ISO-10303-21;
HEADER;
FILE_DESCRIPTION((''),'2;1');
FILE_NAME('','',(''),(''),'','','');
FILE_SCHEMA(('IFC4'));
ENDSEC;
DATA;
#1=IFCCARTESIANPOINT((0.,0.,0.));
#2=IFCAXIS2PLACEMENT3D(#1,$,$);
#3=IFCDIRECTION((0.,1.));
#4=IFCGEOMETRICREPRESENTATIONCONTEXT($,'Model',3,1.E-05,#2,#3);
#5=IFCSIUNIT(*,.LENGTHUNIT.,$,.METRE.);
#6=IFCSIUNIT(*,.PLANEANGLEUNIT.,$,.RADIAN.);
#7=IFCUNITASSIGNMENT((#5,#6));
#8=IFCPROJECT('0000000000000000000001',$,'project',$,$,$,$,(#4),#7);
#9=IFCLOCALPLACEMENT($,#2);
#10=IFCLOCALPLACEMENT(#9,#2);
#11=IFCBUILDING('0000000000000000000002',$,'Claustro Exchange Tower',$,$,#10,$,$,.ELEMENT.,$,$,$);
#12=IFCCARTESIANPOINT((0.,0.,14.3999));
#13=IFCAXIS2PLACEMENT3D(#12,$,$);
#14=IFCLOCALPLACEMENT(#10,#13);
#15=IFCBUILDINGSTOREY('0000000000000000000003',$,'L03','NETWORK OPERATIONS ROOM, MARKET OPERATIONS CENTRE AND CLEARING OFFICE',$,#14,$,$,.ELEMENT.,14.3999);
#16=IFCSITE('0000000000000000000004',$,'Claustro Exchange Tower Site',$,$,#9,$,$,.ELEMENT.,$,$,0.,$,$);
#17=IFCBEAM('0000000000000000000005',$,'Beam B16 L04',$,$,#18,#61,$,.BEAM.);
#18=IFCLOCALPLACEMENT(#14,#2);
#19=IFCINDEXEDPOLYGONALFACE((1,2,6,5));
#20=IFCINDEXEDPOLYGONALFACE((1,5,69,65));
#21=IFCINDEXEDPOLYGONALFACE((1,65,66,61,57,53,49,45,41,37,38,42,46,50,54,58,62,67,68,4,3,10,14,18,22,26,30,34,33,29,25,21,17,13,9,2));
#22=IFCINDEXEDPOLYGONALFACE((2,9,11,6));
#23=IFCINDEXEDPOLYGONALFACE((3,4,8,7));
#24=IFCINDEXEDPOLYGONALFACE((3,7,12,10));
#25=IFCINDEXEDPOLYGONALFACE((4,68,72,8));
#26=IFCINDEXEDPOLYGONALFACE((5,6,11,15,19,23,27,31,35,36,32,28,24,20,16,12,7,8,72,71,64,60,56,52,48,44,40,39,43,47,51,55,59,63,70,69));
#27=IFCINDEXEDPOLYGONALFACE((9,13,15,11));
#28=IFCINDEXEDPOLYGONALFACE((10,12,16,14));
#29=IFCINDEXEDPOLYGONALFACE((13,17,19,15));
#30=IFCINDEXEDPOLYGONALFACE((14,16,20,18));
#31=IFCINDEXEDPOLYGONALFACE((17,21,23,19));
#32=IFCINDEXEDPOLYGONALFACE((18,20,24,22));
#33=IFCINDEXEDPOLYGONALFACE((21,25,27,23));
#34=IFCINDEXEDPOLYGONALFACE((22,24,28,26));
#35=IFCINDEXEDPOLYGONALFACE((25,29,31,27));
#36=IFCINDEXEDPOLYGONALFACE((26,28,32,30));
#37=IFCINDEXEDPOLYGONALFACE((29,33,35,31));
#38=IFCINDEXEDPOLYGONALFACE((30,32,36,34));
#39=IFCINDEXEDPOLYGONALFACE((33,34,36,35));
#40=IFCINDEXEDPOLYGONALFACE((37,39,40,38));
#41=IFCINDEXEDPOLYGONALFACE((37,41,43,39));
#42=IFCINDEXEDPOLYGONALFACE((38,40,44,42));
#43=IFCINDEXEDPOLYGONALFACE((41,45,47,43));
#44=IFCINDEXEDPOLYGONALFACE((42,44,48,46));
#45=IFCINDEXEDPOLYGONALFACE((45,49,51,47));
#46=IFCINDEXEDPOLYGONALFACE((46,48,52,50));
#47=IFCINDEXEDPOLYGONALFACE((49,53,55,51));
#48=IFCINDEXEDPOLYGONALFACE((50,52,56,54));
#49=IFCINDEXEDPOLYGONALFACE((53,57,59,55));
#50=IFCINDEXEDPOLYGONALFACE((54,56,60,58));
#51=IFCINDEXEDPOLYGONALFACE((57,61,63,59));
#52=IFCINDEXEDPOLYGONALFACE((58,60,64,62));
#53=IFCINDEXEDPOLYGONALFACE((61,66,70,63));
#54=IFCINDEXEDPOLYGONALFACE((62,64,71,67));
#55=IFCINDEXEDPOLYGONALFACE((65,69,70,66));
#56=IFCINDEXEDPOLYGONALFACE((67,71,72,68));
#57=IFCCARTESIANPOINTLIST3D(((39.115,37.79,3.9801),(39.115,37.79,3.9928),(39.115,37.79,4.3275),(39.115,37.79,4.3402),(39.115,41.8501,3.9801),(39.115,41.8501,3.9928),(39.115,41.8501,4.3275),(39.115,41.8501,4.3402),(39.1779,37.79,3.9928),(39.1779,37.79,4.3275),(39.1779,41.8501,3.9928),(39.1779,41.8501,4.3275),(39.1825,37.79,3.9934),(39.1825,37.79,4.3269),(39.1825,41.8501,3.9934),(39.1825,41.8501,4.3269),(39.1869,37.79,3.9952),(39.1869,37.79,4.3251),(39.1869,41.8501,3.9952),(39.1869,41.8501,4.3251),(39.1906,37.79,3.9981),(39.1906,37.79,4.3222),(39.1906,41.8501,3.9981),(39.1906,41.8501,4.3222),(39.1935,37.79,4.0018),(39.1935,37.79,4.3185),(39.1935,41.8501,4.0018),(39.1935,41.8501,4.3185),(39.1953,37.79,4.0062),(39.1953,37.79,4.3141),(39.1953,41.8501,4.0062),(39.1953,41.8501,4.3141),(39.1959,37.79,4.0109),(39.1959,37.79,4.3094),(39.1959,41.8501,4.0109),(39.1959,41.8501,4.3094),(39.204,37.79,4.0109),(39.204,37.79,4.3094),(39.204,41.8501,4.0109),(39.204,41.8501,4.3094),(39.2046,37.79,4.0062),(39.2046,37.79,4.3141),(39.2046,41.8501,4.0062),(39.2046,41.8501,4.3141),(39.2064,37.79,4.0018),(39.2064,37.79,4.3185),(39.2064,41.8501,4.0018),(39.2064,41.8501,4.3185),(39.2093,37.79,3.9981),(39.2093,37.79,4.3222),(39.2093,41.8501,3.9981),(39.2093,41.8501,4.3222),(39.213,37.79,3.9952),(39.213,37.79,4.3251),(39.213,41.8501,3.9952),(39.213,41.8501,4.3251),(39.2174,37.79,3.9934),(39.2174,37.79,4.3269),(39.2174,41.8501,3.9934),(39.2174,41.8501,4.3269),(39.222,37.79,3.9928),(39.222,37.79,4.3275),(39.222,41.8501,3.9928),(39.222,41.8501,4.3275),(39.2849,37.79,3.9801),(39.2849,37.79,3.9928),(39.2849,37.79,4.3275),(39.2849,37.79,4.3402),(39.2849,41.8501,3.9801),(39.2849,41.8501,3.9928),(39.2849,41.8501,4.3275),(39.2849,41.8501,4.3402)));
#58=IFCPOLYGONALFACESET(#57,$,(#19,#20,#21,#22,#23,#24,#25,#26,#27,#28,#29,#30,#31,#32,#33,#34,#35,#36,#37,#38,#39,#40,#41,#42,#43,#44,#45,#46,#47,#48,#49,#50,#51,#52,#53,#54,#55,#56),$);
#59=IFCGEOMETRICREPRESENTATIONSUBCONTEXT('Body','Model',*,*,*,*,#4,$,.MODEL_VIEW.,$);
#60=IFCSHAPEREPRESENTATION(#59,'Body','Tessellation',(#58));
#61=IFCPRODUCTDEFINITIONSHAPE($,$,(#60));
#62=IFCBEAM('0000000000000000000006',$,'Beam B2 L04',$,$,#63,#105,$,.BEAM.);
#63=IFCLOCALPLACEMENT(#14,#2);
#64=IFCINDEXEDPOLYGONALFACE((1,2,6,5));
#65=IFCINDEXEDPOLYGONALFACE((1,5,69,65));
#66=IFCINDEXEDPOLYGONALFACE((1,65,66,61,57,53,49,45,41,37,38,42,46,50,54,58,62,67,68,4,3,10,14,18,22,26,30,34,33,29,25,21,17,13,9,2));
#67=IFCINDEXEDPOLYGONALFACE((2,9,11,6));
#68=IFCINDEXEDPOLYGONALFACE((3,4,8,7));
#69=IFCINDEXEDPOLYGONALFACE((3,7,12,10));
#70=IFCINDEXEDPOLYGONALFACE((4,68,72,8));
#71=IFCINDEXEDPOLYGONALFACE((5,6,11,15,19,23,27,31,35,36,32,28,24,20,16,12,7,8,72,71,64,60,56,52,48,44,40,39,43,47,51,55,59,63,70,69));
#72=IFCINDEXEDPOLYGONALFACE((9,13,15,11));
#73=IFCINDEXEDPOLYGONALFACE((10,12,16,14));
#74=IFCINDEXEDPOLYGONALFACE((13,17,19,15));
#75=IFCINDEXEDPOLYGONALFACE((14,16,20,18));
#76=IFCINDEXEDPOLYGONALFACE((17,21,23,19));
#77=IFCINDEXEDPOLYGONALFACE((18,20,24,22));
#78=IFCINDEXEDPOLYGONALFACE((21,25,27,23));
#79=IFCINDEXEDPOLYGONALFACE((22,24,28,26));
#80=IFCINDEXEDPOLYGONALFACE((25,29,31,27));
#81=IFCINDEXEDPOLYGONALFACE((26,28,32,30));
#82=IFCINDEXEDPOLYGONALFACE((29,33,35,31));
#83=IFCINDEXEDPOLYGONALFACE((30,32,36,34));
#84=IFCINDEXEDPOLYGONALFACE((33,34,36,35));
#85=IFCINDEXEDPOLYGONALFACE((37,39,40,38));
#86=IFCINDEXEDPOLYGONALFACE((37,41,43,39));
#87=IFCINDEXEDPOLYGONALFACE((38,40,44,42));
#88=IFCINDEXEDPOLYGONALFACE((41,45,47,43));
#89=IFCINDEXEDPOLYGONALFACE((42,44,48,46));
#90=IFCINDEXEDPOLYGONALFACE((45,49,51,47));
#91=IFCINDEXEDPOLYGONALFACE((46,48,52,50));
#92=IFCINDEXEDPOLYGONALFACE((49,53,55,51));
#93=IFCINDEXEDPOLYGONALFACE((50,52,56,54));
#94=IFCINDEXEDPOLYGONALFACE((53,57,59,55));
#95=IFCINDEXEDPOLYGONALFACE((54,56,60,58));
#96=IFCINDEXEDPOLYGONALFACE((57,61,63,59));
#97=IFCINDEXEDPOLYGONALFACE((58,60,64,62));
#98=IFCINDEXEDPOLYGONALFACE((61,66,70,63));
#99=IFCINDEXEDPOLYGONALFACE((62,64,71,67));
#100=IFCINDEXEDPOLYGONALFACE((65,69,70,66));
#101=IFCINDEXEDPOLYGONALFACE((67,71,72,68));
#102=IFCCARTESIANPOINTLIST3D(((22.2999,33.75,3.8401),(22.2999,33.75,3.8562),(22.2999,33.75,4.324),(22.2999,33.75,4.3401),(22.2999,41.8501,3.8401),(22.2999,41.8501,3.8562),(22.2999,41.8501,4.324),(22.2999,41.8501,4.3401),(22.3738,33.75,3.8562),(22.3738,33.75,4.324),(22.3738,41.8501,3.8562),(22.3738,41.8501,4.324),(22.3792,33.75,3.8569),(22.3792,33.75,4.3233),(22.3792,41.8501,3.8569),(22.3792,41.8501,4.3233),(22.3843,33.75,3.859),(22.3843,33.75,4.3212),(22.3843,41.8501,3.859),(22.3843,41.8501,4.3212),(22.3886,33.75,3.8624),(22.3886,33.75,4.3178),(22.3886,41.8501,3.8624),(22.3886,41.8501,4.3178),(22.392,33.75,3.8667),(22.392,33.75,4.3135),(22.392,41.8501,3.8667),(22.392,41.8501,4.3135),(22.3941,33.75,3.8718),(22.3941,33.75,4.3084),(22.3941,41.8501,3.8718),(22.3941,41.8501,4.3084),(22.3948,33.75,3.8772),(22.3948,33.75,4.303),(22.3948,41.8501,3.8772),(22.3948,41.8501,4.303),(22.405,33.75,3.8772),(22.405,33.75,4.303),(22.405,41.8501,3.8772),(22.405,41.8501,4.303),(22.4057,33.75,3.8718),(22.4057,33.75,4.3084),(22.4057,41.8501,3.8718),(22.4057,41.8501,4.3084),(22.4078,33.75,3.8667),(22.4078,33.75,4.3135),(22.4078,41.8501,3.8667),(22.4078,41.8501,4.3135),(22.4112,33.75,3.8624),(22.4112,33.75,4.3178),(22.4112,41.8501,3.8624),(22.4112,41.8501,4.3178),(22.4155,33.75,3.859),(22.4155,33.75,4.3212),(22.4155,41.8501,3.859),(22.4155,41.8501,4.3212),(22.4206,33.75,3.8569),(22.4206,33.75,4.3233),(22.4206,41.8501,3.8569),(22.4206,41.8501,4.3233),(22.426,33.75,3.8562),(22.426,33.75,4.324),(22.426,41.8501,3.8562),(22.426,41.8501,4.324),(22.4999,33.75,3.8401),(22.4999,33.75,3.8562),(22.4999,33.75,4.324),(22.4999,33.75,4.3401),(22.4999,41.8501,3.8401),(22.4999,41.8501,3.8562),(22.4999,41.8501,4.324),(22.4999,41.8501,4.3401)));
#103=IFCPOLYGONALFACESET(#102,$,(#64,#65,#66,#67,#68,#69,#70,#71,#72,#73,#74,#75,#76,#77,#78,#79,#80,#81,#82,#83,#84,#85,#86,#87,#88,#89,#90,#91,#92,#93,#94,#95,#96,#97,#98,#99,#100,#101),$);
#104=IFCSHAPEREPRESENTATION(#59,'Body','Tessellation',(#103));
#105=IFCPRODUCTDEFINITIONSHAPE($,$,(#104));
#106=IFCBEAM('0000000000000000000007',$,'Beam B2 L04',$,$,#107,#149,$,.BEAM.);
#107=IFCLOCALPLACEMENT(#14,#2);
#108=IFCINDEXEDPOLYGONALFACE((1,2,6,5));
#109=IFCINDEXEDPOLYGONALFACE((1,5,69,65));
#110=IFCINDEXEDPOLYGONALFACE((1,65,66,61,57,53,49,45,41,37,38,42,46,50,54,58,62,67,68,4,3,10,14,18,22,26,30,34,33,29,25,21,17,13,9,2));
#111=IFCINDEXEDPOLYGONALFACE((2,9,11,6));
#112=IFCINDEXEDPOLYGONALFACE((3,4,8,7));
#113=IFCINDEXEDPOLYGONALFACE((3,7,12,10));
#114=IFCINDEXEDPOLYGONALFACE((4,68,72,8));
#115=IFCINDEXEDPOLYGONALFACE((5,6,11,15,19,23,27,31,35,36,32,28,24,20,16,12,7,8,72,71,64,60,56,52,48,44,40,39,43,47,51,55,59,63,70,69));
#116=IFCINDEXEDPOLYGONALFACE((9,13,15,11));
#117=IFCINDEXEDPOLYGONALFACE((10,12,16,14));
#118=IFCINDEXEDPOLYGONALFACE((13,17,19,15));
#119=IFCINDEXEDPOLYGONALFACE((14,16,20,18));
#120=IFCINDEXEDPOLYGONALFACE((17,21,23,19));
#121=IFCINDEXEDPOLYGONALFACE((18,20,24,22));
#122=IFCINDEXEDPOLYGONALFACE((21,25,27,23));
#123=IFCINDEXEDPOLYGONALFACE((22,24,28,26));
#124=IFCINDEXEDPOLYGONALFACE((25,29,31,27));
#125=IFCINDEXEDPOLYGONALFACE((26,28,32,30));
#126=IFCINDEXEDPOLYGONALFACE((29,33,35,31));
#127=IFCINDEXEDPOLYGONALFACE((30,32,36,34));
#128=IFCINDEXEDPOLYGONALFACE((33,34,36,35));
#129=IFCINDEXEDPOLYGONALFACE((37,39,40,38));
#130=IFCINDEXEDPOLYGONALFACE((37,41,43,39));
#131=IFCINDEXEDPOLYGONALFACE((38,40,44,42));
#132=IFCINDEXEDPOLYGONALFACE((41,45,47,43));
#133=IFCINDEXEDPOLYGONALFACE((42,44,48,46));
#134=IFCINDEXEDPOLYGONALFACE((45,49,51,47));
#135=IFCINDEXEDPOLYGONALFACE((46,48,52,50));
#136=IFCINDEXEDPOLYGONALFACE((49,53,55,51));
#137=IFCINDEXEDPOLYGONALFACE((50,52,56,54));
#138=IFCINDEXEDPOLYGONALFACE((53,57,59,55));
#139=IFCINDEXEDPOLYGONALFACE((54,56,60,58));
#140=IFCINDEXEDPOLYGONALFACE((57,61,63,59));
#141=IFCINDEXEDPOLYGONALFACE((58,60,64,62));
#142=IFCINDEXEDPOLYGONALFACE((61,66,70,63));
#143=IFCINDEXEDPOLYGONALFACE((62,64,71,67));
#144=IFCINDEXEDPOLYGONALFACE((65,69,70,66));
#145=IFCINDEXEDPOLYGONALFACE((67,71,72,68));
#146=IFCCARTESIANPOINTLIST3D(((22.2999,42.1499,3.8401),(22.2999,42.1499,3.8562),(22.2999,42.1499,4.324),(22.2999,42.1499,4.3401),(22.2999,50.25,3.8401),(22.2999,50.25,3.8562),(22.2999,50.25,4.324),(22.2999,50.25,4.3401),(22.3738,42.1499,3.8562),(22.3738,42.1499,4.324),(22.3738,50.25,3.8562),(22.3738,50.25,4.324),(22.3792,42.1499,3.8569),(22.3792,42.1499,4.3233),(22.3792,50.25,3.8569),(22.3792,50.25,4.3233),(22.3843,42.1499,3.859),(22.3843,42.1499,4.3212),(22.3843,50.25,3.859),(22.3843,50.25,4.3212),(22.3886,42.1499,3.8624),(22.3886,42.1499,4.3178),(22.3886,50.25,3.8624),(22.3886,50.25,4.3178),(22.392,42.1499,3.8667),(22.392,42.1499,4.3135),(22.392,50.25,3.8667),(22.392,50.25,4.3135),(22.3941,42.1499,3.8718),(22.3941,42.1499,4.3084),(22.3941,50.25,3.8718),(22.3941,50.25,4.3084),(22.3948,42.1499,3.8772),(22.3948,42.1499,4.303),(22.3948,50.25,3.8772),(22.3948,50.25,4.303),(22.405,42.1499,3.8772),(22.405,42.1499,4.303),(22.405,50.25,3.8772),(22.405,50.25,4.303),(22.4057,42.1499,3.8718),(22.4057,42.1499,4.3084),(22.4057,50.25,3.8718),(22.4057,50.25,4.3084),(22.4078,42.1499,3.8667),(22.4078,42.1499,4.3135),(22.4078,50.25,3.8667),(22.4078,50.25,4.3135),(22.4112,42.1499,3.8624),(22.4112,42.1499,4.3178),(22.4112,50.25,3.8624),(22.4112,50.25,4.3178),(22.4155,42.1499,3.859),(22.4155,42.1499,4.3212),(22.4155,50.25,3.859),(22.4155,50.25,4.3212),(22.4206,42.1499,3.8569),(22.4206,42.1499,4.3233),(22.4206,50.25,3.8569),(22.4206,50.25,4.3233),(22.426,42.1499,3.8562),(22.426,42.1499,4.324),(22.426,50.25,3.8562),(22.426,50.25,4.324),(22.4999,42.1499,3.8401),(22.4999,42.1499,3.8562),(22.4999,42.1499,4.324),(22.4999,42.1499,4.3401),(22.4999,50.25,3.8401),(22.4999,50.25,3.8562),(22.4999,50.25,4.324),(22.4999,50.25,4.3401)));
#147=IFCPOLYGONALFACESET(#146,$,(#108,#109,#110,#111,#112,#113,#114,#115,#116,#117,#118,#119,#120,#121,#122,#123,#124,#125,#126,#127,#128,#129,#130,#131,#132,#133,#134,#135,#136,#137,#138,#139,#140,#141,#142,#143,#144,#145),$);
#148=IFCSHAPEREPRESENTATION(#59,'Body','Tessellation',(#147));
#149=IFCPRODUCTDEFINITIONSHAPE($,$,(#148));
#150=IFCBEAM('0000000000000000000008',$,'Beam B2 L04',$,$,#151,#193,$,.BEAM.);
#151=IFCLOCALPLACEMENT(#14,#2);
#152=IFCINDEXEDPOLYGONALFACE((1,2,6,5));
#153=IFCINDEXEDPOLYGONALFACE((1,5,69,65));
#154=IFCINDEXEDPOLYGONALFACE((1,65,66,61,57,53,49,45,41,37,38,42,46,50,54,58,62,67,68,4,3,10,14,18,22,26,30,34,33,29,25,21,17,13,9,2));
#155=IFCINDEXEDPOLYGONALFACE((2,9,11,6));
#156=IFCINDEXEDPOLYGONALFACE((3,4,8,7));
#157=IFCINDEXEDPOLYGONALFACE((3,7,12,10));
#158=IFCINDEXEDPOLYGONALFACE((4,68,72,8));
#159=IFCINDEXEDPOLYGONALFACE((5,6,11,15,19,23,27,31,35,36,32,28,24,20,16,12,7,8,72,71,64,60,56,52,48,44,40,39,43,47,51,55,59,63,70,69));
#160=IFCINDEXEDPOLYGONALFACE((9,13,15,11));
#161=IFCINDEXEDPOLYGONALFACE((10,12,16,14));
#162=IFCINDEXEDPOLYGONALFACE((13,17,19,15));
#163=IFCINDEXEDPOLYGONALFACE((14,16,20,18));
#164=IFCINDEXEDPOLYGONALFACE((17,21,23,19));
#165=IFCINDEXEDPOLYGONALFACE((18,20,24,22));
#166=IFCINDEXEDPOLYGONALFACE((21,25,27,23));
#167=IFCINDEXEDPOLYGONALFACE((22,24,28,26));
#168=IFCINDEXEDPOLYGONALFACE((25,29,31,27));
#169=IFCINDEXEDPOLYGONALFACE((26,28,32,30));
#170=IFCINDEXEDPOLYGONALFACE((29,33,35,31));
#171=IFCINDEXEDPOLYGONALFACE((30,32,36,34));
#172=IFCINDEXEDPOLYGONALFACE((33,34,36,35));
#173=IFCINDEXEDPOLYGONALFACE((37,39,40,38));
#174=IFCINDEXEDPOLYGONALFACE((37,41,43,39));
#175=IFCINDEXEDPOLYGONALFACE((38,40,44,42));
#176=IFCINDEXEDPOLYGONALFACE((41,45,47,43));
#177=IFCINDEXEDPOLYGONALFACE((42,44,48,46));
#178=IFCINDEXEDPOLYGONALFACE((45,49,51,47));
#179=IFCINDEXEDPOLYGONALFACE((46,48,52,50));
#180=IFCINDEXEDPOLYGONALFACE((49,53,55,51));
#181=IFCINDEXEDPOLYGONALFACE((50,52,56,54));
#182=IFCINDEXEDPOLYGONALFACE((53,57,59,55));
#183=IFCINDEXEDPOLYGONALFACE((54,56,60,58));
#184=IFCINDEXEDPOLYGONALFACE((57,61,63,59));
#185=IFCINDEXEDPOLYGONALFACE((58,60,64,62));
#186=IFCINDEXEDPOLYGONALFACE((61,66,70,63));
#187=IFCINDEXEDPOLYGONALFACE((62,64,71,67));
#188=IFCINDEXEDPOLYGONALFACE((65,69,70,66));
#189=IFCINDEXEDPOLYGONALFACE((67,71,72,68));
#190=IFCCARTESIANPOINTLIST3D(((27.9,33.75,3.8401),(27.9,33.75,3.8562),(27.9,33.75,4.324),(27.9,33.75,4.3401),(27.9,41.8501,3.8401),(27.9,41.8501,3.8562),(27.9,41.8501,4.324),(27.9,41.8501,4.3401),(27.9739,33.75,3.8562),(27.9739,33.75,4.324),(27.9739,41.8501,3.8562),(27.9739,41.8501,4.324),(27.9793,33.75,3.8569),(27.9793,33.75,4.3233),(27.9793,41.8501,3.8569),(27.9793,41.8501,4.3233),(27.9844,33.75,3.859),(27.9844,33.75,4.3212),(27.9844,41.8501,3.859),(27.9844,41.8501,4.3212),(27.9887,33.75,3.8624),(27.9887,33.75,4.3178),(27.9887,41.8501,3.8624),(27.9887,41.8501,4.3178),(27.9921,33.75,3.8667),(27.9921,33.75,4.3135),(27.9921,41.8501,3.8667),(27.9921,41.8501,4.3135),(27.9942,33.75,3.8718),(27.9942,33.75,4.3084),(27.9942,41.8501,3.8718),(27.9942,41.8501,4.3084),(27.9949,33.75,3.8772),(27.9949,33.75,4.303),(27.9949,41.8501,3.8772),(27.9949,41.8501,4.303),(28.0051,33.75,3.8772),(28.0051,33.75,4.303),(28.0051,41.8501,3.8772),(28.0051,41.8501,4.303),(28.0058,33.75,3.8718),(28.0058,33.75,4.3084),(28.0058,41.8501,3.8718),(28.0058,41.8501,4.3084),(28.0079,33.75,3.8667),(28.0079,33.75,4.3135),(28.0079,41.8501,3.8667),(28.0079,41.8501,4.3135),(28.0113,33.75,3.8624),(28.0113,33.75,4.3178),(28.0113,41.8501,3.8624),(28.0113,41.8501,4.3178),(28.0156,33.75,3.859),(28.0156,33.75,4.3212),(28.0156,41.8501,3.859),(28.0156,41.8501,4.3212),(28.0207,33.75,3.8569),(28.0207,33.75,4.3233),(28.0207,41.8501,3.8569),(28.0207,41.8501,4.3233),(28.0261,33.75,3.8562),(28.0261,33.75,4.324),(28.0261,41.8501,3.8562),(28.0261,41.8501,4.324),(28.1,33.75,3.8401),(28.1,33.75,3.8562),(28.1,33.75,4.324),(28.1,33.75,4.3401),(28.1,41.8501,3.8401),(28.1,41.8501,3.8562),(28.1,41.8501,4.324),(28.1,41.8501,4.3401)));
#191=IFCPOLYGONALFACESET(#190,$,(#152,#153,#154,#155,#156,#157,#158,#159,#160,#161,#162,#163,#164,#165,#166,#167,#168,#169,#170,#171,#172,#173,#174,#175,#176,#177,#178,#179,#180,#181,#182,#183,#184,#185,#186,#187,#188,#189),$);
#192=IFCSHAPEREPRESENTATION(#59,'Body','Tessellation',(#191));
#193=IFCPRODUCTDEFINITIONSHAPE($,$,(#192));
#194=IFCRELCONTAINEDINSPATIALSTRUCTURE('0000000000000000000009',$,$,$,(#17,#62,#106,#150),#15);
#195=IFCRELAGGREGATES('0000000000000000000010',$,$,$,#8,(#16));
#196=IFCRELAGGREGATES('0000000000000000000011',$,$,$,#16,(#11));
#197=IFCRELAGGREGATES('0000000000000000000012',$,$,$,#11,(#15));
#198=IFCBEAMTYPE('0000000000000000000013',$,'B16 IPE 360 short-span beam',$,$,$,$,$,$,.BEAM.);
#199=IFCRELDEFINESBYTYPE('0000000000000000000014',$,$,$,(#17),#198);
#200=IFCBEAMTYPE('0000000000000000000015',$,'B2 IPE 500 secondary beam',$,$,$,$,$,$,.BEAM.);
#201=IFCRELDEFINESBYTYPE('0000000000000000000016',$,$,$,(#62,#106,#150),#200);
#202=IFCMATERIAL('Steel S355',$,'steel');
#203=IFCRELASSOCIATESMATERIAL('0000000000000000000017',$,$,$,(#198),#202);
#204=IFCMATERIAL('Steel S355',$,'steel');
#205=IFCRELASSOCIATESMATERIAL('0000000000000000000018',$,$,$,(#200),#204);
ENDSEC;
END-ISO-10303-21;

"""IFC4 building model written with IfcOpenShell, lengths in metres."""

from ifc_helpers import new_model, si_unit, direction, frame, origin, origin_2d, place, context, subcontext, project, spatial, i_section, extrude, material, material_profile, profile_set, type_object, element, save


model = new_model("IFC4")

# Units and contexts
model_context = context("Model", 3, precision=1e-05, world=origin(), true_north=direction((0.0, 1.0)))
body_context = subcontext(model_context, "Body", "Model", "MODEL_VIEW")
ifc_project = project(units=[si_unit("LENGTHUNIT", "METRE"), si_unit("PLANEANGLEUNIT", "RADIAN")], contexts=[model_context])

# Site, building, storey
site_placement = place(None, origin())
site = spatial("IfcSite", under=ifc_project, at=site_placement, Name="Claustro Exchange Tower Site", CompositionType="ELEMENT", RefElevation=0.0)
building_placement = place(site_placement, origin())
building = spatial("IfcBuilding", under=site, at=building_placement, Name="Claustro Exchange Tower", CompositionType="ELEMENT")
storey_placement = place(building_placement, frame((0.0, 0.0, 14.3999)))
storey = spatial("IfcBuildingStorey", under=building, at=storey_placement, Name="L03", Description="NETWORK OPERATIONS ROOM, MARKET OPERATIONS CENTRE AND CLEARING OFFICE", CompositionType="ELEMENT", Elevation=14.3999)

# Beams
ifc_material_1 = material(Name="Steel S355", Category="steel")
ifc_material_profile_1 = material_profile(ifc_material_1, i_section(OverallWidth=0.1699, OverallDepth=0.3601, WebThickness=0.0081, FlangeThickness=0.0127, FilletRadius=0.0181, at=origin_2d()), Name="IPE 360")
ifc_profile_set_1 = profile_set([ifc_material_profile_1], Name="Steel S355")
beam_type_1 = type_object("IfcBeamType", Name="B16 IPE 360 short-span beam", PredefinedType="BEAM", material=ifc_profile_set_1)
for number, where, z_axis, x_axis, name in (
    (1, (39.2, 37.79, 4.1602), (0.0, 1.0, 0.0), (-1.0, 0.0, 0.0), "Beam B16 L04"),
):
    element("IfcBeam", number, at=place(storey_placement, frame(where, z_axis=z_axis, x_axis=x_axis)), inside=storey, type_object=beam_type_1, Name=name, PredefinedType="BEAM", context=body_context, shape_type="SweptSolid", body=[
        extrude(i_section(OverallWidth=0.1699, OverallDepth=0.3601, WebThickness=0.0081, FlangeThickness=0.0127, FilletRadius=0.0181, at=origin_2d()), origin(), (0.0, 0.0, 1.0), 4.0601),
    ])
ifc_material_2 = material(Name="Steel S355", Category="steel")
ifc_material_profile_2 = material_profile(ifc_material_2, i_section(OverallWidth=0.2, OverallDepth=0.5, WebThickness=0.0103, FlangeThickness=0.0161, FilletRadius=0.021, at=origin_2d()), Name="IPE 500")
ifc_profile_set_2 = profile_set([ifc_material_profile_2], Name="Steel S355")
beam_type_2 = type_object("IfcBeamType", Name="B2 IPE 500 secondary beam", PredefinedType="BEAM", material=ifc_profile_set_2)
for number, where, z_axis, x_axis, name in (
    (2, (22.3999, 33.75, 4.0901), (0.0, 1.0, 0.0), (-1.0, 0.0, 0.0), "Beam B2 L04"),
    (3, (22.3999, 42.1499, 4.0901), (0.0, 1.0, 0.0), (-1.0, 0.0, 0.0), "Beam B2 L04"),
    (4, (28.0, 33.75, 4.0901), (0.0, 1.0, 0.0), (-1.0, 0.0, 0.0), "Beam B2 L04"),
):
    element("IfcBeam", number, at=place(storey_placement, frame(where, z_axis=z_axis, x_axis=x_axis)), inside=storey, type_object=beam_type_2, Name=name, PredefinedType="BEAM", context=body_context, shape_type="SweptSolid", body=[
        extrude(i_section(OverallWidth=0.2, OverallDepth=0.5, WebThickness=0.0103, FlangeThickness=0.0161, FilletRadius=0.021, at=origin_2d()), origin(), (0.0, 0.0, 1.0), 8.1001),
    ])

save(model, "model.ifc")
